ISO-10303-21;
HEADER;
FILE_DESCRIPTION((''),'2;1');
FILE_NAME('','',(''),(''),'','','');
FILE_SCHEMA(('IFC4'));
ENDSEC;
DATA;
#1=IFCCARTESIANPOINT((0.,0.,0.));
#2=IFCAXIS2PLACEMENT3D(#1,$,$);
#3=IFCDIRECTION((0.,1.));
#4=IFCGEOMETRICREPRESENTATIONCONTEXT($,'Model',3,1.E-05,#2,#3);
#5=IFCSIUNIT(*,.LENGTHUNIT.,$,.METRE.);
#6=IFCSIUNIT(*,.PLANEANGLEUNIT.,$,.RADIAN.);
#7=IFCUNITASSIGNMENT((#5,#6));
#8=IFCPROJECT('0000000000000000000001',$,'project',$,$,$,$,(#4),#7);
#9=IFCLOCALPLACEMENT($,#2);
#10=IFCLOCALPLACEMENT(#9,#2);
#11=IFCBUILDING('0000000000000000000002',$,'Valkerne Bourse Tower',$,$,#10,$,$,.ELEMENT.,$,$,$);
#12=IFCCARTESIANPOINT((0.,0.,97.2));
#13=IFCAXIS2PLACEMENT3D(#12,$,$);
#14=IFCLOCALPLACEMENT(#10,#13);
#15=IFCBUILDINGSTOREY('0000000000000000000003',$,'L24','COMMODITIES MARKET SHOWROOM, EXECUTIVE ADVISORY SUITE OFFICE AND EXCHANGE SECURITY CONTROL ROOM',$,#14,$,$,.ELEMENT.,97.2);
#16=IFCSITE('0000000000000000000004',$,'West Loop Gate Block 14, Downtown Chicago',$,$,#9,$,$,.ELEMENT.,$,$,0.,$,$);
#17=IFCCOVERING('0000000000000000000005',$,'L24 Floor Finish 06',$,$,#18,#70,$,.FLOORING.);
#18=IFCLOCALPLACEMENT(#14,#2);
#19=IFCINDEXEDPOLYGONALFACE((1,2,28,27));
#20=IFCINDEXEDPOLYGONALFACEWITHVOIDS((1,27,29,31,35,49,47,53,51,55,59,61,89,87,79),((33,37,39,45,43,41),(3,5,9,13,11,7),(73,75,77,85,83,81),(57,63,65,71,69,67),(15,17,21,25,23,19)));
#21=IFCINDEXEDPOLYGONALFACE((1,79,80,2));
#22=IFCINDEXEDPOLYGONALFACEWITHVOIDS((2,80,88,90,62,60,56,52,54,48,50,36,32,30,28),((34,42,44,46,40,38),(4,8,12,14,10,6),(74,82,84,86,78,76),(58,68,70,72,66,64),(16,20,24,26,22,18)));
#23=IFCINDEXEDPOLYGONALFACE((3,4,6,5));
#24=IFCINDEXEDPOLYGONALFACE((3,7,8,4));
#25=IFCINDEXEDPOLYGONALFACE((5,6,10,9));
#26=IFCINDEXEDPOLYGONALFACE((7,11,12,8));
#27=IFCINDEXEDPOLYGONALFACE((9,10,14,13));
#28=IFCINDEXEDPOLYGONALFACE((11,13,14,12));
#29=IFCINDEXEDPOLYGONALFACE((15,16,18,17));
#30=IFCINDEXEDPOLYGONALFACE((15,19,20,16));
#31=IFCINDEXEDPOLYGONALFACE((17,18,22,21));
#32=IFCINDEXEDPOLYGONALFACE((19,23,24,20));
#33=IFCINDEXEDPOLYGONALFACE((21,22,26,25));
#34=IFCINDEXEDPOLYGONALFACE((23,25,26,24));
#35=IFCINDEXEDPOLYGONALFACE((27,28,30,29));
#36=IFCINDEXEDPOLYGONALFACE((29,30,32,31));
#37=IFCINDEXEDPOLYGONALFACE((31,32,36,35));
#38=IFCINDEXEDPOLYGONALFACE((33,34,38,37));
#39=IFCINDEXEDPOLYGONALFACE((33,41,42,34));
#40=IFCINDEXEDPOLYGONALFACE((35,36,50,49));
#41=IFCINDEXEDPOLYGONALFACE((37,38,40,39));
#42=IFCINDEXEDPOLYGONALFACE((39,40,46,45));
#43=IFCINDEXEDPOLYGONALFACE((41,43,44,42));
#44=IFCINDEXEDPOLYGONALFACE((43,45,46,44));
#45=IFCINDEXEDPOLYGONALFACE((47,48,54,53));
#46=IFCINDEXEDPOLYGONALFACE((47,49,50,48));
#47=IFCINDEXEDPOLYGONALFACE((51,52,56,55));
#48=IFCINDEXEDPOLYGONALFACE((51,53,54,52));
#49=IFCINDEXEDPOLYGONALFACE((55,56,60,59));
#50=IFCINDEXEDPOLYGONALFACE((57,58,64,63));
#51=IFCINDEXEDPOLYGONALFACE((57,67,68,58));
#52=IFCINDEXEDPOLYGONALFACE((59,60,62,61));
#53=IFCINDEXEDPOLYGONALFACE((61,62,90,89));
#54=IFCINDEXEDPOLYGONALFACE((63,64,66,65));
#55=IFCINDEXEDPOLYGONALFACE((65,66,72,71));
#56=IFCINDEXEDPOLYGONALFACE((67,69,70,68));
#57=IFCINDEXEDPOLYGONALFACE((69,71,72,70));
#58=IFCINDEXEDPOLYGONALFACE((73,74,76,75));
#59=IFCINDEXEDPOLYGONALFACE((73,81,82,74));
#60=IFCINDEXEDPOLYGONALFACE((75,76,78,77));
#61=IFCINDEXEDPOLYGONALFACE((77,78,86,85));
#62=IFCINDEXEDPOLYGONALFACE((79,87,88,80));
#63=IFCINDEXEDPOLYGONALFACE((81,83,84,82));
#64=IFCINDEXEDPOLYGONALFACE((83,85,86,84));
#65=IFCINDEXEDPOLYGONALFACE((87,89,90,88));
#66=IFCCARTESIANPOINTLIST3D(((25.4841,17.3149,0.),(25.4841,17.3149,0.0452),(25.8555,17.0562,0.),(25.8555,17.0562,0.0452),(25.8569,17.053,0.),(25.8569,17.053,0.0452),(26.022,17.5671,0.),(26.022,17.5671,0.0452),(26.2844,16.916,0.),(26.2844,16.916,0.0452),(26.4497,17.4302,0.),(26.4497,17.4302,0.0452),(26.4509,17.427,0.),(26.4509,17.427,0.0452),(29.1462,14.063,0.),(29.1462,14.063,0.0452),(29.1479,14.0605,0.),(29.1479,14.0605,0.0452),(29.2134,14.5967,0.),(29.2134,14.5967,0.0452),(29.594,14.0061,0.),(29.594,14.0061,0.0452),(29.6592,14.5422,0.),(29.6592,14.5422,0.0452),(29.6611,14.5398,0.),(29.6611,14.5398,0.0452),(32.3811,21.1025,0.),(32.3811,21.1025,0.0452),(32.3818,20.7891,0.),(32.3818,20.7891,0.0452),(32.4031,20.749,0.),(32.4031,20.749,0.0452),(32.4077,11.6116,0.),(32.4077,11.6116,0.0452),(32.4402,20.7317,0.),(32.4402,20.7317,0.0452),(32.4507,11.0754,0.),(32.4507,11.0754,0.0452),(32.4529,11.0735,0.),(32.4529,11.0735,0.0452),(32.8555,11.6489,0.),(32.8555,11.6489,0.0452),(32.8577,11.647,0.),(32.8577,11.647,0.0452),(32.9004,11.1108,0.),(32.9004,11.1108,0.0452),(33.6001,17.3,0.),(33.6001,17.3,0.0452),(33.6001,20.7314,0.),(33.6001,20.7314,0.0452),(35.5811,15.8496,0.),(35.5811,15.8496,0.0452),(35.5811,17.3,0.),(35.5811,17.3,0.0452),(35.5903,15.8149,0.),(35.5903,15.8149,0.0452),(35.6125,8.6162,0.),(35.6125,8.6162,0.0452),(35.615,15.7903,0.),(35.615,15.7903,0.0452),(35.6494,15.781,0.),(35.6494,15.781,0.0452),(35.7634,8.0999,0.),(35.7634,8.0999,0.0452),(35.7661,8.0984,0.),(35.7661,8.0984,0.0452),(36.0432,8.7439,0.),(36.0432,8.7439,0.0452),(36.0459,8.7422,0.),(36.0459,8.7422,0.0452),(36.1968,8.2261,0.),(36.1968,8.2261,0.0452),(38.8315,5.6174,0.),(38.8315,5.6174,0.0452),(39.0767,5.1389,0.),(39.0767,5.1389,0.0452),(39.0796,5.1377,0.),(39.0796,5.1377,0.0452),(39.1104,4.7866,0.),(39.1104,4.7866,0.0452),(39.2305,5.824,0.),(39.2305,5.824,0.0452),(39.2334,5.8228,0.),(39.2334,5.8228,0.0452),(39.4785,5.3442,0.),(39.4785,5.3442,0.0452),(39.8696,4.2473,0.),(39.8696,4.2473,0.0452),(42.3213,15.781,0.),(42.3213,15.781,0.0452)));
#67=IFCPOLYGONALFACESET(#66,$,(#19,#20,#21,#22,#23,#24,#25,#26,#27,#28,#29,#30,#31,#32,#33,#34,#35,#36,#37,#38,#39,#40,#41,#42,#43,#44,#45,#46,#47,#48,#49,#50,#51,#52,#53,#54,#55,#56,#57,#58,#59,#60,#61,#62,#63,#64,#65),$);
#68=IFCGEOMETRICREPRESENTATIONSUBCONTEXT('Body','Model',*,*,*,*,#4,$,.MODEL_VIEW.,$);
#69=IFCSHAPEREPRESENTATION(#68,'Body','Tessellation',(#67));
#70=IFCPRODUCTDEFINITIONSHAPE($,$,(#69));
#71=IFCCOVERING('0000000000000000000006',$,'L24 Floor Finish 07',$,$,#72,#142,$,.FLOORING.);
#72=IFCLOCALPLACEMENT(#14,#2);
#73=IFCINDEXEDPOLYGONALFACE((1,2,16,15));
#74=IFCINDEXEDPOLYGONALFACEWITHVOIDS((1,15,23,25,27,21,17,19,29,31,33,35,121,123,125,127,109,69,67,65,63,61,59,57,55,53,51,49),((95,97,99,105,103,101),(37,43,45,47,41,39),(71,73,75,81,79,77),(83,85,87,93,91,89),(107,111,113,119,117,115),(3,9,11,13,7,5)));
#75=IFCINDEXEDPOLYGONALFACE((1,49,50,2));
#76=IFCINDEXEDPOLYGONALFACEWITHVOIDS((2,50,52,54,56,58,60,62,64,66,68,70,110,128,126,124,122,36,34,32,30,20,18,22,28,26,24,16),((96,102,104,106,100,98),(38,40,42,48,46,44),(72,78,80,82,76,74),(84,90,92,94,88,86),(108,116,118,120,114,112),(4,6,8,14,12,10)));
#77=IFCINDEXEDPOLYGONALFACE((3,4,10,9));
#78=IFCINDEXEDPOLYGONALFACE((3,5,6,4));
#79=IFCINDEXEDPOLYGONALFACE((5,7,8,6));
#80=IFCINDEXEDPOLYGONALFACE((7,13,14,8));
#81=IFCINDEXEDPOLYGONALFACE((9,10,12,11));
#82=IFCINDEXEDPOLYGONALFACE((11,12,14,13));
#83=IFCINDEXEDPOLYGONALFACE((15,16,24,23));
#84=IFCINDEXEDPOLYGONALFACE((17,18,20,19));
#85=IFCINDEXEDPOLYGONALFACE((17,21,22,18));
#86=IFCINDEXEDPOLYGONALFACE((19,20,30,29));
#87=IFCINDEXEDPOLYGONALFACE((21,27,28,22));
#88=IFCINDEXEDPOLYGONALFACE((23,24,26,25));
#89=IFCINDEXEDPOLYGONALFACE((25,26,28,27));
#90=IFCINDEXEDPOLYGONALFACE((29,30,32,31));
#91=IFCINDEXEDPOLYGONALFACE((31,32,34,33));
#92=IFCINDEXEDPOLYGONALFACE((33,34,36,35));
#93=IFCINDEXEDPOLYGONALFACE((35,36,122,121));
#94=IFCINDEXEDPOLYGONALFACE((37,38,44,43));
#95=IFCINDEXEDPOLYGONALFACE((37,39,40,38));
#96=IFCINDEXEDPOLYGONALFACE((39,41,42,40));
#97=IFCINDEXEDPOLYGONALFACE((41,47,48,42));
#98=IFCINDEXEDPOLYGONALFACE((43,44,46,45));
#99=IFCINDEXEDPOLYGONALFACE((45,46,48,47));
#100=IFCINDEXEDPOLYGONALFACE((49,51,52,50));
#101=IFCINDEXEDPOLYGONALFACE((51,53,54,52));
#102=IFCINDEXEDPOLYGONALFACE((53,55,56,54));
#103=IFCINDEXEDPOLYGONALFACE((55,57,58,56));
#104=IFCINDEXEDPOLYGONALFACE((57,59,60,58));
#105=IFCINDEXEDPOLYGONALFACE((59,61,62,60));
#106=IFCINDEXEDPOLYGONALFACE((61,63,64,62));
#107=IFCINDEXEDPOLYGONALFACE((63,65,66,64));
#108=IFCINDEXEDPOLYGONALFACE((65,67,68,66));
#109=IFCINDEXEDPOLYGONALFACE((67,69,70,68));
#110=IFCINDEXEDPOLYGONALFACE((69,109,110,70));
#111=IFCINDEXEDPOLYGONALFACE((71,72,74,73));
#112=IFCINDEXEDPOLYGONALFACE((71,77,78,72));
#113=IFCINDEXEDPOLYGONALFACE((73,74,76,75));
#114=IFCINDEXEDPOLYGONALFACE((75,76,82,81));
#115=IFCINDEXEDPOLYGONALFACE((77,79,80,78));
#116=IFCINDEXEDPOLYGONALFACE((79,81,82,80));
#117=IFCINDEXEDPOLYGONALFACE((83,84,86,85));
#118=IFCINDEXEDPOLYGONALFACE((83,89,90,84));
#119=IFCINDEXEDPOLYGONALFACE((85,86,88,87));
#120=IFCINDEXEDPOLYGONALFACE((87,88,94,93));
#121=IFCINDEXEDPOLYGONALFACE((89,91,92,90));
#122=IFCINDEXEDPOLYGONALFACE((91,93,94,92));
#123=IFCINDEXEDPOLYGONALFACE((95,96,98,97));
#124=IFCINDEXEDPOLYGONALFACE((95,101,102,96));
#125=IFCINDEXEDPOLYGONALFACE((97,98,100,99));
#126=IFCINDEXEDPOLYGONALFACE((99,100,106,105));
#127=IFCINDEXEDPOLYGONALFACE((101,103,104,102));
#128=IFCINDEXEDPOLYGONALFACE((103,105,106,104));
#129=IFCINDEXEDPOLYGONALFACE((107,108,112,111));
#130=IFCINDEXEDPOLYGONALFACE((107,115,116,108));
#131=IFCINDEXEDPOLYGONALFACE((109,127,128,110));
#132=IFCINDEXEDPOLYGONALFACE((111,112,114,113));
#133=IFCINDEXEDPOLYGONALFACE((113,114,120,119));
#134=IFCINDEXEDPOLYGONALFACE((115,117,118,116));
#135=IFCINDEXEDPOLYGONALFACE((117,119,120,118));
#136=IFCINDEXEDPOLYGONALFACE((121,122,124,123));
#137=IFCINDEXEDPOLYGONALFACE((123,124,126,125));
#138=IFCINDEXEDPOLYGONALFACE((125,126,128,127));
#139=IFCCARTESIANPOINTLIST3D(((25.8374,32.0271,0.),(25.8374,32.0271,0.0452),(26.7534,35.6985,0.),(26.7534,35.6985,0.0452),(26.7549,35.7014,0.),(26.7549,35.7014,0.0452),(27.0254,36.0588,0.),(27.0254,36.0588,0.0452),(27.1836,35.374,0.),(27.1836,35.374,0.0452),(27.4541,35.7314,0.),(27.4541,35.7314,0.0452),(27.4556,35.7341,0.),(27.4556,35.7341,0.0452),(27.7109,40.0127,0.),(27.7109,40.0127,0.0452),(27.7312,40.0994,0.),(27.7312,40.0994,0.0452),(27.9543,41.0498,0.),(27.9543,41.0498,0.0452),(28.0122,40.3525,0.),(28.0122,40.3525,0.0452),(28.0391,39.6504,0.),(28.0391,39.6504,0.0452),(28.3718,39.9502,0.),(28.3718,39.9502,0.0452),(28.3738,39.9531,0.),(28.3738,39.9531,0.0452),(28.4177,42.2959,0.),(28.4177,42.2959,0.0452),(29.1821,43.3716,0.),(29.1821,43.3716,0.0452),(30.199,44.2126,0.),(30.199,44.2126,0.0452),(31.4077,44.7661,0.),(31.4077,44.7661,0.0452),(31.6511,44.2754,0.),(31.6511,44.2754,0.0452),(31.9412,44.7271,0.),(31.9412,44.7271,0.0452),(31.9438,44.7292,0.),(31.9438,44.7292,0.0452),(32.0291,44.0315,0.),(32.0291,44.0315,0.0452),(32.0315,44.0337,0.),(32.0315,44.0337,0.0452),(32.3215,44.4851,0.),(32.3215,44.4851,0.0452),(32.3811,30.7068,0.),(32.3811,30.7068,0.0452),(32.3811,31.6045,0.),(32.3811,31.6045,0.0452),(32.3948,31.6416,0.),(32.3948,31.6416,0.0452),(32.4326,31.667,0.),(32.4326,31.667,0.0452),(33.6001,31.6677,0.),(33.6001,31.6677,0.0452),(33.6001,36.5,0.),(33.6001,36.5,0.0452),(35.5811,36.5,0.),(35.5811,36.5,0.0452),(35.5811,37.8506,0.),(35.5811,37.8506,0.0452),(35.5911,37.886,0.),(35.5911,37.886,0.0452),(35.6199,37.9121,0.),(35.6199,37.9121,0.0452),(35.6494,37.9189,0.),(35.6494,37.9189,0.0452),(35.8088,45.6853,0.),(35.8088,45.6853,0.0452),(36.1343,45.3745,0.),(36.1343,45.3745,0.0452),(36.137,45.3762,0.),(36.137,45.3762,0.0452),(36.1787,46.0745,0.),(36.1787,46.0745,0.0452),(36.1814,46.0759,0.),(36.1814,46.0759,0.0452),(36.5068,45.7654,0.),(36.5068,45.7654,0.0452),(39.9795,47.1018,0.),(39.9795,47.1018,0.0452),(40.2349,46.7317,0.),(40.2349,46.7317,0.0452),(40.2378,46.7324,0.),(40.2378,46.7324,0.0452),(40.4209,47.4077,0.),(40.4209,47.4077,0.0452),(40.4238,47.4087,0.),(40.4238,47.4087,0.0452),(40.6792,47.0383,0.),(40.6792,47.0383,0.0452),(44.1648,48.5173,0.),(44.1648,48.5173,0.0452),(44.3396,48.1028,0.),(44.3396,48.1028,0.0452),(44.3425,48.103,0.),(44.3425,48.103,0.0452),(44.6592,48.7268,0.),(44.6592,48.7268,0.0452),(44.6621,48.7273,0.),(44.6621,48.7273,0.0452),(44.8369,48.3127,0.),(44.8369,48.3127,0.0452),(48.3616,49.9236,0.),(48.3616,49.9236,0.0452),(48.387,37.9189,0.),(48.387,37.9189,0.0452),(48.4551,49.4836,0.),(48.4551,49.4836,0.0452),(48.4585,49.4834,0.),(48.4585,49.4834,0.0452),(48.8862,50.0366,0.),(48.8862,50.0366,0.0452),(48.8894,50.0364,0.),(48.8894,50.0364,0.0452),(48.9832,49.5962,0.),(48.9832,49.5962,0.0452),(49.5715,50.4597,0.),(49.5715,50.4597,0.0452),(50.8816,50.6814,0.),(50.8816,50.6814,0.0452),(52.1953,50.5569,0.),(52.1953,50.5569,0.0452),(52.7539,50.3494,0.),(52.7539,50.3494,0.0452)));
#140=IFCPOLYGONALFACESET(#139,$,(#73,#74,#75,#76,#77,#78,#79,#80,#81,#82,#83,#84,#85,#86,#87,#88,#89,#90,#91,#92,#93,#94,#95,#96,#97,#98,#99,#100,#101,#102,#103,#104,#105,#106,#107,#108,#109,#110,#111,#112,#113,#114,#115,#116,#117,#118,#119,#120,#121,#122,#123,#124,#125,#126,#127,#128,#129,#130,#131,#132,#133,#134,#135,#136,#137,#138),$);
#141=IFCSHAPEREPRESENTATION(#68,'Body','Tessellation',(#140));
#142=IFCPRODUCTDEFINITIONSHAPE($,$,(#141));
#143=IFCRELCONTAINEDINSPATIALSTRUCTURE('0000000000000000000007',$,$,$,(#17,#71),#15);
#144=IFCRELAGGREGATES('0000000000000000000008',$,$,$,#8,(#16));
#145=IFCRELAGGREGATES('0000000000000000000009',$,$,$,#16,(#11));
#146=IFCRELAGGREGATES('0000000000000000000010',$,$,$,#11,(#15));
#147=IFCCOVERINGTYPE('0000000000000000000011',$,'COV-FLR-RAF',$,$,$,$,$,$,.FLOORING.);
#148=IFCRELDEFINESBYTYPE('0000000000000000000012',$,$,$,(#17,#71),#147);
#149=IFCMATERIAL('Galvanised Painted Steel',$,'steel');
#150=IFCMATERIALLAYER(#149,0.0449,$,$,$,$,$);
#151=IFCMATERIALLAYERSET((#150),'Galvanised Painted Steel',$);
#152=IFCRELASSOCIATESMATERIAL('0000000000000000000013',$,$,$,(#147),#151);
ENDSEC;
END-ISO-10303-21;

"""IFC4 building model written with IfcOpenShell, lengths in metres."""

from ifc_helpers import new_model, si_unit, direction, frame, origin, place, context, subcontext, project, spatial, polyline, outline, extrude, material, layer, layer_set, type_object, element, save


model = new_model("IFC4")

# Units and contexts
model_context = context("Model", 3, precision=1e-05, world=origin(), true_north=direction((0.0, 1.0)))
body_context = subcontext(model_context, "Body", "Model", "MODEL_VIEW")
ifc_project = project(units=[si_unit("LENGTHUNIT", "METRE"), si_unit("PLANEANGLEUNIT", "RADIAN")], contexts=[model_context])

# Site, building, storey
site_placement = place(None, origin())
site = spatial("IfcSite", under=ifc_project, at=site_placement, Name="West Loop Gate Block 14, Downtown Chicago", CompositionType="ELEMENT", RefElevation=0.0)
building_placement = place(site_placement, origin())
building = spatial("IfcBuilding", under=site, at=building_placement, Name="Valkerne Bourse Tower", CompositionType="ELEMENT")
storey_placement = place(building_placement, frame((0.0, 0.0, 97.2)))
storey = spatial("IfcBuildingStorey", under=building, at=storey_placement, Name="L24", Description="COMMODITIES MARKET SHOWROOM, EXECUTIVE ADVISORY SUITE OFFICE AND EXCHANGE SECURITY CONTROL ROOM", CompositionType="ELEMENT", Elevation=97.2)

# Coverings
ifc_material_1 = material(Name="Galvanised Painted Steel", Category="steel")
ifc_layer_1 = layer(ifc_material_1, 0.0449)
ifc_layer_set_1 = layer_set([ifc_layer_1], Name="Galvanised Painted Steel")
covering_type_1 = type_object("IfcCoveringType", Name="COV-FLR-RAF", PredefinedType="FLOORING", material=ifc_layer_set_1)
covering_1_placement = place(storey_placement, origin())
element("IfcCovering", 1, at=covering_1_placement, inside=storey, type_object=covering_type_1, Name="L24 Floor Finish 06", PredefinedType="FLOORING", context=body_context, shape_type="SweptSolid", body=[
    extrude(outline(polyline([(32.3811, 21.1025), (32.3818, 20.7891), (32.4031, 20.749), (32.4402, 20.7317), (33.6001, 20.7314), (33.6001, 17.3), (35.5811, 17.3), (35.5811, 15.8496), (35.5903, 15.8149), (35.615, 15.7903), (35.6494, 15.781), (42.3213, 15.781), (39.8696, 4.2473), (39.1104, 4.7866), (25.4841, 17.3149), (32.3811, 21.1025)]), holes=[polyline([(36.0459, 8.7422), (36.0432, 8.7439), (35.6125, 8.6162), (35.7634, 8.0999), (35.7661, 8.0984), (36.1968, 8.2261), (36.0459, 8.7422)]), polyline([(32.8577, 11.647), (32.8555, 11.6489), (32.4077, 11.6116), (32.4507, 11.0754), (32.4529, 11.0735), (32.9004, 11.1108), (32.8577, 11.647)]), polyline([(29.6611, 14.5398), (29.6592, 14.5422), (29.2134, 14.5967), (29.1462, 14.063), (29.1479, 14.0605), (29.594, 14.0061), (29.6611, 14.5398)]), polyline([(26.4509, 17.427), (26.4497, 17.4302), (26.022, 17.5671), (25.8555, 17.0562), (25.8569, 17.053), (26.2844, 16.916), (26.4509, 17.427)]), polyline([(39.2334, 5.8228), (39.2305, 5.824), (38.8315, 5.6174), (39.0767, 5.1389), (39.0796, 5.1377), (39.4785, 5.3442), (39.2334, 5.8228)])]), origin(), (0.0, 0.0, 1.0), 0.0452),
])
covering_2_placement = place(storey_placement, origin())
element("IfcCovering", 2, at=covering_2_placement, inside=storey, type_object=covering_type_1, Name="L24 Floor Finish 07", PredefinedType="FLOORING", context=body_context, shape_type="SweptSolid", body=[
    extrude(outline(polyline([(29.1821, 43.3716), (30.199, 44.2126), (31.4077, 44.7661), (49.5715, 50.4597), (50.8816, 50.6814), (52.1953, 50.5569), (52.7539, 50.3494), (48.387, 37.9189), (35.6494, 37.9189), (35.6199, 37.9121), (35.5911, 37.886), (35.5811, 37.8506), (35.5811, 36.5), (33.6001, 36.5), (33.6001, 31.6677), (32.4326, 31.667), (32.3948, 31.6416), (32.3811, 31.6045), (32.3811, 30.7068), (25.8374, 32.0271), (27.7109, 40.0127), (28.0391, 39.6504), (28.3718, 39.9502), (28.3738, 39.9531), (28.0122, 40.3525), (27.7312, 40.0994), (27.9543, 41.0498), (28.4177, 42.2959), (29.1821, 43.3716)]), holes=[polyline([(27.4556, 35.7341), (27.0254, 36.0588), (26.7549, 35.7014), (26.7534, 35.6985), (27.1836, 35.374), (27.4541, 35.7314), (27.4556, 35.7341)]), polyline([(32.3215, 44.4851), (31.9438, 44.7292), (31.9412, 44.7271), (31.6511, 44.2754), (32.0291, 44.0315), (32.0315, 44.0337), (32.3215, 44.4851)]), polyline([(36.137, 45.3762), (36.5068, 45.7654), (36.1814, 46.0759), (36.1787, 46.0745), (35.8088, 45.6853), (36.1343, 45.3745), (36.137, 45.3762)]), polyline([(40.2378, 46.7324), (40.6792, 47.0383), (40.4238, 47.4087), (40.4209, 47.4077), (39.9795, 47.1018), (40.2349, 46.7317), (40.2378, 46.7324)]), polyline([(44.8369, 48.3127), (44.6621, 48.7273), (44.6592, 48.7268), (44.1648, 48.5173), (44.3396, 48.1028), (44.3425, 48.103), (44.8369, 48.3127)]), polyline([(48.8894, 50.0364), (48.8862, 50.0366), (48.3616, 49.9236), (48.4551, 49.4836), (48.4585, 49.4834), (48.9832, 49.5962), (48.8894, 50.0364)])]), origin(), (0.0, 0.0, 1.0), 0.0452),
])

save(model, "model.ifc")
